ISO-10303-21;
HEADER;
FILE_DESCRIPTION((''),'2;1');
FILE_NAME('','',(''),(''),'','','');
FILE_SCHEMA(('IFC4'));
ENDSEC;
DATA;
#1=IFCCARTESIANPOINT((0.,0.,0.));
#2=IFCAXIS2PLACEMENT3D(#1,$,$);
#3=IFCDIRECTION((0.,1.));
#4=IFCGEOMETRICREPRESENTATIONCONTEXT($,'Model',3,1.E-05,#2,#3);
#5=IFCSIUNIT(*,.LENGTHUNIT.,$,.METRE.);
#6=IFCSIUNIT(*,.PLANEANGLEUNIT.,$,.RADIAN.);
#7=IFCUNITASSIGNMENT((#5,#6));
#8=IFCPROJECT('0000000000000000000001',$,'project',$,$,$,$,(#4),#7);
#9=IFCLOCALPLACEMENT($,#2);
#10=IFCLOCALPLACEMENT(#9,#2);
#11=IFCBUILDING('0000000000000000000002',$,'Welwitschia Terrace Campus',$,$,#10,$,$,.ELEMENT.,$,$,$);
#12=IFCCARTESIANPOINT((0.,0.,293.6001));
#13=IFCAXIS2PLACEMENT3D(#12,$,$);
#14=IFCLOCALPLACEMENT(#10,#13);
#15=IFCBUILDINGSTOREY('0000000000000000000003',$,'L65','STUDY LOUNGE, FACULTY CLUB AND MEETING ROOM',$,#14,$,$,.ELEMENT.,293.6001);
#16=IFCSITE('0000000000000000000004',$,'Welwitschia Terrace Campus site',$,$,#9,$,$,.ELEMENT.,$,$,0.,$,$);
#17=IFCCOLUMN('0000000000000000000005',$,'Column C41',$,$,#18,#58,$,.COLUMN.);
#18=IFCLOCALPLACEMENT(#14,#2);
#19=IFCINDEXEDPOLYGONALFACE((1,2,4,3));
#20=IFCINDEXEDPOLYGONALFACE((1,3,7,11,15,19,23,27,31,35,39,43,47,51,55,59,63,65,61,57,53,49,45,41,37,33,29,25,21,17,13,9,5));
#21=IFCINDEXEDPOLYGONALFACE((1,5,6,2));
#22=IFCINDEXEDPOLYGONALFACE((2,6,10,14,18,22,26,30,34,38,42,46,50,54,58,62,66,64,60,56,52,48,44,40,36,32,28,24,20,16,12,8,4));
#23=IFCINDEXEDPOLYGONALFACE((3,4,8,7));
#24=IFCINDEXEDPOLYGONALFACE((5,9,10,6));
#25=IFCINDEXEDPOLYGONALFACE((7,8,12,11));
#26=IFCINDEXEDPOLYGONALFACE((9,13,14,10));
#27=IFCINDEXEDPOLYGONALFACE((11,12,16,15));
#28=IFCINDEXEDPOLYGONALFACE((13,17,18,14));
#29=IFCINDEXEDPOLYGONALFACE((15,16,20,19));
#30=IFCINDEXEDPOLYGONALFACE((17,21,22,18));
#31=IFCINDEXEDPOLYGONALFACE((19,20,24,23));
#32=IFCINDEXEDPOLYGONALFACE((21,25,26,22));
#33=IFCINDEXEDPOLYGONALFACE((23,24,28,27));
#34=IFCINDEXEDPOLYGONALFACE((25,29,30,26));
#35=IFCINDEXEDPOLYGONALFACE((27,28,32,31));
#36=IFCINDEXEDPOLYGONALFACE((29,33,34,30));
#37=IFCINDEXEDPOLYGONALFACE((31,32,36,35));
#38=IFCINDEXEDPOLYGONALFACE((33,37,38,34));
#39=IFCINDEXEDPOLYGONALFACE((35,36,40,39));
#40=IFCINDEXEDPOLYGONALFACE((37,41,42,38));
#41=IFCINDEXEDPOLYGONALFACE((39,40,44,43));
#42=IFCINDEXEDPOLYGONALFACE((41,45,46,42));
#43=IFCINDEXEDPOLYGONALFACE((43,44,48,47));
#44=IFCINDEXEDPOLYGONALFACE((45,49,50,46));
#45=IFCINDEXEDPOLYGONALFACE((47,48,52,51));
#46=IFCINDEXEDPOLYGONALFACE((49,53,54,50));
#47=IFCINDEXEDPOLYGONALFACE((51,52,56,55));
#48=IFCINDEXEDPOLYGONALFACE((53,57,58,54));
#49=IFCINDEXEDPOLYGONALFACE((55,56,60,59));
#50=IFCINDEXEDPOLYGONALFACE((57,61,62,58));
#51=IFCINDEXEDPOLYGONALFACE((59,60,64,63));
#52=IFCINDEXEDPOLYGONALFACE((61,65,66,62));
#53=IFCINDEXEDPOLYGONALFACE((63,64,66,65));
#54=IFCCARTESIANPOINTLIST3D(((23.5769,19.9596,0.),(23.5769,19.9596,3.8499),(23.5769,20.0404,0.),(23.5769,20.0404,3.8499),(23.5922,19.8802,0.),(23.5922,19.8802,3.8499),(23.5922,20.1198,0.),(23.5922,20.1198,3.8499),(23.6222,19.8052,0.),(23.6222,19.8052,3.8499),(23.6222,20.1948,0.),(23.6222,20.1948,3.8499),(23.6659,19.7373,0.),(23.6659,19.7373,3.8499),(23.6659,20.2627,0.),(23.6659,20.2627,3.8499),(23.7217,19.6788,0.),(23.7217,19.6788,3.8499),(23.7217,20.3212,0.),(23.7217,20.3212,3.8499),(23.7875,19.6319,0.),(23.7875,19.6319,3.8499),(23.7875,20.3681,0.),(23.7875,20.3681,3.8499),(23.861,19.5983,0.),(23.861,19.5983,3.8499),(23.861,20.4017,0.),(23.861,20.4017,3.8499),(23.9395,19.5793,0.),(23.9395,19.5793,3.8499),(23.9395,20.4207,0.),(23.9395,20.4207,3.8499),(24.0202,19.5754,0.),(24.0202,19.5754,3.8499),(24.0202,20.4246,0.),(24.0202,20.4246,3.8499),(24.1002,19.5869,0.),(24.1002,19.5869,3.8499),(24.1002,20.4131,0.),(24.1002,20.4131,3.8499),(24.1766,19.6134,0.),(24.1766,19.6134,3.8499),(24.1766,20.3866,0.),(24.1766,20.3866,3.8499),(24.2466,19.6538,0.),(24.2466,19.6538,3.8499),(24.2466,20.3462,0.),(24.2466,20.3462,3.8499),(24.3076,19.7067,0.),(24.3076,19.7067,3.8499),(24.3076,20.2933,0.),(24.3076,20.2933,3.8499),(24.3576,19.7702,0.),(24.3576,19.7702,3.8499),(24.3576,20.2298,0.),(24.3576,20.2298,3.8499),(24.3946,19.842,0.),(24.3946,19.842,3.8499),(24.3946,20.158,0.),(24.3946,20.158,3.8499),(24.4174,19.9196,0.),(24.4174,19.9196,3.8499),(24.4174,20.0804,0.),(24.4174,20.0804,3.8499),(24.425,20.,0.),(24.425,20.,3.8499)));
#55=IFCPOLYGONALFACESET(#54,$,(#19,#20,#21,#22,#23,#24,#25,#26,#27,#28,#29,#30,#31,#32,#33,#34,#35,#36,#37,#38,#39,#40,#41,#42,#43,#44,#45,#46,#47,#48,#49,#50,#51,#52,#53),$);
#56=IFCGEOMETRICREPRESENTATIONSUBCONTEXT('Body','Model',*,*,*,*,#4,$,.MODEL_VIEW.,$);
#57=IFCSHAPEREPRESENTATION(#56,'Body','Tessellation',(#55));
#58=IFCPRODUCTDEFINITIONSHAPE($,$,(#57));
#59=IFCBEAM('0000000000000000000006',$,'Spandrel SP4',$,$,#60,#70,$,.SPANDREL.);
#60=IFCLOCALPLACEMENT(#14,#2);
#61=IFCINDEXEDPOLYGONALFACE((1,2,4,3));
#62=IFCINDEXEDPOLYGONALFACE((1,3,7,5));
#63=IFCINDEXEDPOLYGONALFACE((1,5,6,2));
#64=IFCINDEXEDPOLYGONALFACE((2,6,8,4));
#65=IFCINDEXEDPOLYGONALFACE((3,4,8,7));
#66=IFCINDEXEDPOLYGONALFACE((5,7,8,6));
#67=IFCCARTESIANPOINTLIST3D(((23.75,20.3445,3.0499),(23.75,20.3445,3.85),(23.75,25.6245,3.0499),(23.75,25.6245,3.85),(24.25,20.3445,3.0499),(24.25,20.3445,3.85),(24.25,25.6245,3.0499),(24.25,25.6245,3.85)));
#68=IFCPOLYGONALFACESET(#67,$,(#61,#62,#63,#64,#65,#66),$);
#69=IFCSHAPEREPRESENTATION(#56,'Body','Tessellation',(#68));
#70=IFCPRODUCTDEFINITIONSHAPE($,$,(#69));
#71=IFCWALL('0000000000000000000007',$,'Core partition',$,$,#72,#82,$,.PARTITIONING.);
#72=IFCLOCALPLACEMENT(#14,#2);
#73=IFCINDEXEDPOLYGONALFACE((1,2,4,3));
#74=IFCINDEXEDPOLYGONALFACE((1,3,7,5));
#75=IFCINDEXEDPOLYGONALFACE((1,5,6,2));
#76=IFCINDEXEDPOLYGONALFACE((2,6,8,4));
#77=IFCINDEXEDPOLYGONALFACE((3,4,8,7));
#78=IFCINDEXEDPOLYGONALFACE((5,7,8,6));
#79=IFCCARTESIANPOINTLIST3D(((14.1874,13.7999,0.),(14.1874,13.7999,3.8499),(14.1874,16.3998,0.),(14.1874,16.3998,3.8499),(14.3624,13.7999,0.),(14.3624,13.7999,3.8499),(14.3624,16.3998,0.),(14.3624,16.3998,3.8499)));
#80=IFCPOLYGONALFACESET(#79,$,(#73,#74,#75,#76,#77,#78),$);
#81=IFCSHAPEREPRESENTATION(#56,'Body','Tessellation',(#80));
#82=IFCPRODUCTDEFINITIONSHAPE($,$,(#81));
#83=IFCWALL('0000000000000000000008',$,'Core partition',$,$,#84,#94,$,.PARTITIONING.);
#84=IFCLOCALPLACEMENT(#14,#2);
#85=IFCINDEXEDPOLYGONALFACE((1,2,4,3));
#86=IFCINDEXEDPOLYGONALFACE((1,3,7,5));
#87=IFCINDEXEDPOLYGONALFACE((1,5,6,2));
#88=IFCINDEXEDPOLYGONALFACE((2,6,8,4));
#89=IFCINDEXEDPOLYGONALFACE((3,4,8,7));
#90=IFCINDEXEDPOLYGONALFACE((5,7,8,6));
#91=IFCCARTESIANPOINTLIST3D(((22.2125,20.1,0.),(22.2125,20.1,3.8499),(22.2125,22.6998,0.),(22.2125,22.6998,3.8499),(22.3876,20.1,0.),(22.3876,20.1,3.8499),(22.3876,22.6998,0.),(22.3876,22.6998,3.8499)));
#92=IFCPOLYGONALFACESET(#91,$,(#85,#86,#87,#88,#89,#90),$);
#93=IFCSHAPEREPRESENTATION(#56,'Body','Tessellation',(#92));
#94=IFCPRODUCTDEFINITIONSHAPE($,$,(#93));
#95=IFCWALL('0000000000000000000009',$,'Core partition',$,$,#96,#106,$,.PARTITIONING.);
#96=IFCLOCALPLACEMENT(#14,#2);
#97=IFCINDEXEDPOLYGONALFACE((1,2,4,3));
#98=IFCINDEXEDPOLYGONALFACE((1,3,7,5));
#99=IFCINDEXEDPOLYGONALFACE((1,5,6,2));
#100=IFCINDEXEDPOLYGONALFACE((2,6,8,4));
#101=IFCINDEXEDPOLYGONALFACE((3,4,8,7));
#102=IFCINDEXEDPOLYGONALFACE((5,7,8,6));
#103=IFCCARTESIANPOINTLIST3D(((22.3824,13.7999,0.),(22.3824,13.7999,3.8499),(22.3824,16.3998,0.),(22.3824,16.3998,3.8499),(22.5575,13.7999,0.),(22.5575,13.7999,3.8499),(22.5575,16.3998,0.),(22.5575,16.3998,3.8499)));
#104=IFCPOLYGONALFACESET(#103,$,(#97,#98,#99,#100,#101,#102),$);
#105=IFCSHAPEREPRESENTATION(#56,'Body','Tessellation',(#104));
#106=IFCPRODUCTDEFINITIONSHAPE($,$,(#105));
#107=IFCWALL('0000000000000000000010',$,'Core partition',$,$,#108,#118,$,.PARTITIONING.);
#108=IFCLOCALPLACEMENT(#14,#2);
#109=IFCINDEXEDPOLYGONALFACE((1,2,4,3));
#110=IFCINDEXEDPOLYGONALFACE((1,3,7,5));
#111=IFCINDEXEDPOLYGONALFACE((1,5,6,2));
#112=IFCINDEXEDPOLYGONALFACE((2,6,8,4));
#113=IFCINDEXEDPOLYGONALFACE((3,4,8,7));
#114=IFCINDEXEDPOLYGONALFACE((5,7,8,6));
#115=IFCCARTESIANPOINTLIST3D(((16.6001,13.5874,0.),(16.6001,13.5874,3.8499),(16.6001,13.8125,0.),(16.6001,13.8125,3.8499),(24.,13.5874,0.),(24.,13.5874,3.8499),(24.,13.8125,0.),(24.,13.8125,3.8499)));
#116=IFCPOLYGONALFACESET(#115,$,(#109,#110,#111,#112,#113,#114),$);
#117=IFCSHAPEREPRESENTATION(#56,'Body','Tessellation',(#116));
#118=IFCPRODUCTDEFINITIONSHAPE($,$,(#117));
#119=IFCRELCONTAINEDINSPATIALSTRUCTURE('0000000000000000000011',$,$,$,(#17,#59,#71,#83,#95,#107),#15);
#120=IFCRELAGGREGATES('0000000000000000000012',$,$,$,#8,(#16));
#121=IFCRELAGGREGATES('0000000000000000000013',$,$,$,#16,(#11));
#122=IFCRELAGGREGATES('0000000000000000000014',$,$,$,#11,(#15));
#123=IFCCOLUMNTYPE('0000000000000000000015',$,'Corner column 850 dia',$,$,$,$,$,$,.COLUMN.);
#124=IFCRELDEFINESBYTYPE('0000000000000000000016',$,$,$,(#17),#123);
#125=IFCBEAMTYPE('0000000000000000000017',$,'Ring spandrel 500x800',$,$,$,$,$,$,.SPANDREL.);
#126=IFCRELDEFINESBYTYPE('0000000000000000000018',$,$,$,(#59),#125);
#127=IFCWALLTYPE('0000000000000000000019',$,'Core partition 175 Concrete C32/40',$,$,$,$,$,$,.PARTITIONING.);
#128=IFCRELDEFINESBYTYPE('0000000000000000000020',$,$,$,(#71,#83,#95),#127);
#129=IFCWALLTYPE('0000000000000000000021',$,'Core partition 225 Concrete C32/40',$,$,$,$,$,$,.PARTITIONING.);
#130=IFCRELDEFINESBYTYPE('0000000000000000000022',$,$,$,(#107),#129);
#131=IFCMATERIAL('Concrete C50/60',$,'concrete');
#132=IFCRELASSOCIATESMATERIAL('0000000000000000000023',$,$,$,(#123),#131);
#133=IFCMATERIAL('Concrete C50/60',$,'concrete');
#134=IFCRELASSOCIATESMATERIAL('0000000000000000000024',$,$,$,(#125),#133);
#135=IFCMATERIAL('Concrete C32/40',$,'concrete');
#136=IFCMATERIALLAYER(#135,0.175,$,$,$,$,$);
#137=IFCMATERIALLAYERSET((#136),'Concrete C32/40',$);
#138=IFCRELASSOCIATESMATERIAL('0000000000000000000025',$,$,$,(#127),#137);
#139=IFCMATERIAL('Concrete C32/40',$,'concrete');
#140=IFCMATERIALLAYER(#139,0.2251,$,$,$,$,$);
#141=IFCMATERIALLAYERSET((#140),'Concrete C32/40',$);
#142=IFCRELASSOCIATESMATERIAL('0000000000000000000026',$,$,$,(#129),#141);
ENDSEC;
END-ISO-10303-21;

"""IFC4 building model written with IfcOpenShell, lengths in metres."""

from ifc_helpers import new_model, si_unit, direction, frame, frame_2d, origin, origin_2d, place, context, subcontext, project, spatial, rectangle, circle, extrude, material, layer, layer_set, material_profile, profile_set, type_object, element, save


model = new_model("IFC4")

# Units and contexts
model_context = context("Model", 3, precision=1e-05, world=origin(), true_north=direction((0.0, 1.0)))
body_context = subcontext(model_context, "Body", "Model", "MODEL_VIEW")
ifc_project = project(units=[si_unit("LENGTHUNIT", "METRE"), si_unit("PLANEANGLEUNIT", "RADIAN")], contexts=[model_context])

# Site, building, storey
site_placement = place(None, origin())
site = spatial("IfcSite", under=ifc_project, at=site_placement, Name="Welwitschia Terrace Campus site", CompositionType="ELEMENT", RefElevation=0.0)
building_placement = place(site_placement, origin())
building = spatial("IfcBuilding", under=site, at=building_placement, Name="Welwitschia Terrace Campus", CompositionType="ELEMENT")
storey_placement = place(building_placement, frame((0.0, 0.0, 293.6001)))
storey = spatial("IfcBuildingStorey", under=building, at=storey_placement, Name="L65", Description="STUDY LOUNGE, FACULTY CLUB AND MEETING ROOM", CompositionType="ELEMENT", Elevation=293.6001)

# Column
ifc_material_1 = material(Name="Concrete C50/60", Category="concrete")
ifc_material_profile_1 = material_profile(ifc_material_1, circle(Radius=0.425, at=origin_2d()))
ifc_profile_set_1 = profile_set([ifc_material_profile_1], Name="Concrete C50/60")
column_type = type_object("IfcColumnType", Name="Corner column 850 dia", PredefinedType="COLUMN", material=ifc_profile_set_1)
column_placement = place(storey_placement, frame((24.0, 20.0, 0.0), z_axis=(0.0, 0.0, 1.0), x_axis=(1.0, 0.0, 0.0)))
element("IfcColumn", 1, at=column_placement, inside=storey, type_object=column_type, Name="Column C41", PredefinedType="COLUMN", context=body_context, shape_type="SweptSolid", body=[
    extrude(circle(Radius=0.425, at=origin_2d()), origin(), (0.0, 0.0, 1.0), 3.8499),
])

# Beam
ifc_material_2 = material(Name="Concrete C50/60", Category="concrete")
ifc_material_profile_2 = material_profile(ifc_material_2, rectangle(XDim=0.5, YDim=0.8, at=origin_2d()))
ifc_profile_set_2 = profile_set([ifc_material_profile_2], Name="Concrete C50/60")
beam_type = type_object("IfcBeamType", Name="Ring spandrel 500x800", PredefinedType="SPANDREL", material=ifc_profile_set_2)
beam_placement = place(storey_placement, frame((24.0, 20.3445, 3.45), z_axis=(0.0, 1.0, 0.0), x_axis=(-1.0, 0.0, 0.0)))
element("IfcBeam", 2, at=beam_placement, inside=storey, type_object=beam_type, Name="Spandrel SP4", PredefinedType="SPANDREL", context=body_context, shape_type="SweptSolid", body=[
    extrude(rectangle(XDim=0.5, YDim=0.8, at=origin_2d()), origin(), (0.0, 0.0, 1.0), 5.28),
])

# Walls
ifc_material_3 = material(Name="Concrete C32/40", Category="concrete")
ifc_layer_1 = layer(ifc_material_3, 0.175)
ifc_layer_set_1 = layer_set([ifc_layer_1], Name="Concrete C32/40")
wall_type_1 = type_object("IfcWallType", Name="Core partition 175 Concrete C32/40", PredefinedType="PARTITIONING", material=ifc_layer_set_1)
for number, where, z_axis, x_axis, name in (
    (3, (14.2749, 13.8, 0.0), (0.0, 0.0, 1.0), (0.0, 1.0, 0.0), "Core partition"),
    (4, (22.3, 20.1001, 0.0), (0.0, 0.0, 1.0), (0.0, 1.0, 0.0), "Core partition"),
    (5, (22.47, 13.8, 0.0), (0.0, 0.0, 1.0), (0.0, 1.0, 0.0), "Core partition"),
):
    element("IfcWall", number, at=place(storey_placement, frame(where, z_axis=z_axis, x_axis=x_axis)), inside=storey, type_object=wall_type_1, Name=name, PredefinedType="PARTITIONING", context=body_context, shape_type="SweptSolid", body=[
        extrude(rectangle(XDim=2.5999, YDim=0.175, at=frame_2d((1.2998, 0.0))), origin(), (0.0, 0.0, 1.0), 3.8499),
    ])
ifc_material_4 = material(Name="Concrete C32/40", Category="concrete")
ifc_layer_2 = layer(ifc_material_4, 0.2251)
ifc_layer_set_2 = layer_set([ifc_layer_2], Name="Concrete C32/40")
wall_type_2 = type_object("IfcWallType", Name="Core partition 225 Concrete C32/40", PredefinedType="PARTITIONING", material=ifc_layer_set_2)
wall_1_placement = place(storey_placement, frame((16.6001, 13.7, 0.0), z_axis=(0.0, 0.0, 1.0), x_axis=(1.0, 0.0, 0.0)))
element("IfcWall", 6, at=wall_1_placement, inside=storey, type_object=wall_type_2, Name="Core partition", PredefinedType="PARTITIONING", context=body_context, shape_type="SweptSolid", body=[
    extrude(rectangle(XDim=7.3999, YDim=0.2251, at=frame_2d((3.7, 0.0))), origin(), (0.0, 0.0, 1.0), 3.8499),
])

save(model, "model.ifc")
